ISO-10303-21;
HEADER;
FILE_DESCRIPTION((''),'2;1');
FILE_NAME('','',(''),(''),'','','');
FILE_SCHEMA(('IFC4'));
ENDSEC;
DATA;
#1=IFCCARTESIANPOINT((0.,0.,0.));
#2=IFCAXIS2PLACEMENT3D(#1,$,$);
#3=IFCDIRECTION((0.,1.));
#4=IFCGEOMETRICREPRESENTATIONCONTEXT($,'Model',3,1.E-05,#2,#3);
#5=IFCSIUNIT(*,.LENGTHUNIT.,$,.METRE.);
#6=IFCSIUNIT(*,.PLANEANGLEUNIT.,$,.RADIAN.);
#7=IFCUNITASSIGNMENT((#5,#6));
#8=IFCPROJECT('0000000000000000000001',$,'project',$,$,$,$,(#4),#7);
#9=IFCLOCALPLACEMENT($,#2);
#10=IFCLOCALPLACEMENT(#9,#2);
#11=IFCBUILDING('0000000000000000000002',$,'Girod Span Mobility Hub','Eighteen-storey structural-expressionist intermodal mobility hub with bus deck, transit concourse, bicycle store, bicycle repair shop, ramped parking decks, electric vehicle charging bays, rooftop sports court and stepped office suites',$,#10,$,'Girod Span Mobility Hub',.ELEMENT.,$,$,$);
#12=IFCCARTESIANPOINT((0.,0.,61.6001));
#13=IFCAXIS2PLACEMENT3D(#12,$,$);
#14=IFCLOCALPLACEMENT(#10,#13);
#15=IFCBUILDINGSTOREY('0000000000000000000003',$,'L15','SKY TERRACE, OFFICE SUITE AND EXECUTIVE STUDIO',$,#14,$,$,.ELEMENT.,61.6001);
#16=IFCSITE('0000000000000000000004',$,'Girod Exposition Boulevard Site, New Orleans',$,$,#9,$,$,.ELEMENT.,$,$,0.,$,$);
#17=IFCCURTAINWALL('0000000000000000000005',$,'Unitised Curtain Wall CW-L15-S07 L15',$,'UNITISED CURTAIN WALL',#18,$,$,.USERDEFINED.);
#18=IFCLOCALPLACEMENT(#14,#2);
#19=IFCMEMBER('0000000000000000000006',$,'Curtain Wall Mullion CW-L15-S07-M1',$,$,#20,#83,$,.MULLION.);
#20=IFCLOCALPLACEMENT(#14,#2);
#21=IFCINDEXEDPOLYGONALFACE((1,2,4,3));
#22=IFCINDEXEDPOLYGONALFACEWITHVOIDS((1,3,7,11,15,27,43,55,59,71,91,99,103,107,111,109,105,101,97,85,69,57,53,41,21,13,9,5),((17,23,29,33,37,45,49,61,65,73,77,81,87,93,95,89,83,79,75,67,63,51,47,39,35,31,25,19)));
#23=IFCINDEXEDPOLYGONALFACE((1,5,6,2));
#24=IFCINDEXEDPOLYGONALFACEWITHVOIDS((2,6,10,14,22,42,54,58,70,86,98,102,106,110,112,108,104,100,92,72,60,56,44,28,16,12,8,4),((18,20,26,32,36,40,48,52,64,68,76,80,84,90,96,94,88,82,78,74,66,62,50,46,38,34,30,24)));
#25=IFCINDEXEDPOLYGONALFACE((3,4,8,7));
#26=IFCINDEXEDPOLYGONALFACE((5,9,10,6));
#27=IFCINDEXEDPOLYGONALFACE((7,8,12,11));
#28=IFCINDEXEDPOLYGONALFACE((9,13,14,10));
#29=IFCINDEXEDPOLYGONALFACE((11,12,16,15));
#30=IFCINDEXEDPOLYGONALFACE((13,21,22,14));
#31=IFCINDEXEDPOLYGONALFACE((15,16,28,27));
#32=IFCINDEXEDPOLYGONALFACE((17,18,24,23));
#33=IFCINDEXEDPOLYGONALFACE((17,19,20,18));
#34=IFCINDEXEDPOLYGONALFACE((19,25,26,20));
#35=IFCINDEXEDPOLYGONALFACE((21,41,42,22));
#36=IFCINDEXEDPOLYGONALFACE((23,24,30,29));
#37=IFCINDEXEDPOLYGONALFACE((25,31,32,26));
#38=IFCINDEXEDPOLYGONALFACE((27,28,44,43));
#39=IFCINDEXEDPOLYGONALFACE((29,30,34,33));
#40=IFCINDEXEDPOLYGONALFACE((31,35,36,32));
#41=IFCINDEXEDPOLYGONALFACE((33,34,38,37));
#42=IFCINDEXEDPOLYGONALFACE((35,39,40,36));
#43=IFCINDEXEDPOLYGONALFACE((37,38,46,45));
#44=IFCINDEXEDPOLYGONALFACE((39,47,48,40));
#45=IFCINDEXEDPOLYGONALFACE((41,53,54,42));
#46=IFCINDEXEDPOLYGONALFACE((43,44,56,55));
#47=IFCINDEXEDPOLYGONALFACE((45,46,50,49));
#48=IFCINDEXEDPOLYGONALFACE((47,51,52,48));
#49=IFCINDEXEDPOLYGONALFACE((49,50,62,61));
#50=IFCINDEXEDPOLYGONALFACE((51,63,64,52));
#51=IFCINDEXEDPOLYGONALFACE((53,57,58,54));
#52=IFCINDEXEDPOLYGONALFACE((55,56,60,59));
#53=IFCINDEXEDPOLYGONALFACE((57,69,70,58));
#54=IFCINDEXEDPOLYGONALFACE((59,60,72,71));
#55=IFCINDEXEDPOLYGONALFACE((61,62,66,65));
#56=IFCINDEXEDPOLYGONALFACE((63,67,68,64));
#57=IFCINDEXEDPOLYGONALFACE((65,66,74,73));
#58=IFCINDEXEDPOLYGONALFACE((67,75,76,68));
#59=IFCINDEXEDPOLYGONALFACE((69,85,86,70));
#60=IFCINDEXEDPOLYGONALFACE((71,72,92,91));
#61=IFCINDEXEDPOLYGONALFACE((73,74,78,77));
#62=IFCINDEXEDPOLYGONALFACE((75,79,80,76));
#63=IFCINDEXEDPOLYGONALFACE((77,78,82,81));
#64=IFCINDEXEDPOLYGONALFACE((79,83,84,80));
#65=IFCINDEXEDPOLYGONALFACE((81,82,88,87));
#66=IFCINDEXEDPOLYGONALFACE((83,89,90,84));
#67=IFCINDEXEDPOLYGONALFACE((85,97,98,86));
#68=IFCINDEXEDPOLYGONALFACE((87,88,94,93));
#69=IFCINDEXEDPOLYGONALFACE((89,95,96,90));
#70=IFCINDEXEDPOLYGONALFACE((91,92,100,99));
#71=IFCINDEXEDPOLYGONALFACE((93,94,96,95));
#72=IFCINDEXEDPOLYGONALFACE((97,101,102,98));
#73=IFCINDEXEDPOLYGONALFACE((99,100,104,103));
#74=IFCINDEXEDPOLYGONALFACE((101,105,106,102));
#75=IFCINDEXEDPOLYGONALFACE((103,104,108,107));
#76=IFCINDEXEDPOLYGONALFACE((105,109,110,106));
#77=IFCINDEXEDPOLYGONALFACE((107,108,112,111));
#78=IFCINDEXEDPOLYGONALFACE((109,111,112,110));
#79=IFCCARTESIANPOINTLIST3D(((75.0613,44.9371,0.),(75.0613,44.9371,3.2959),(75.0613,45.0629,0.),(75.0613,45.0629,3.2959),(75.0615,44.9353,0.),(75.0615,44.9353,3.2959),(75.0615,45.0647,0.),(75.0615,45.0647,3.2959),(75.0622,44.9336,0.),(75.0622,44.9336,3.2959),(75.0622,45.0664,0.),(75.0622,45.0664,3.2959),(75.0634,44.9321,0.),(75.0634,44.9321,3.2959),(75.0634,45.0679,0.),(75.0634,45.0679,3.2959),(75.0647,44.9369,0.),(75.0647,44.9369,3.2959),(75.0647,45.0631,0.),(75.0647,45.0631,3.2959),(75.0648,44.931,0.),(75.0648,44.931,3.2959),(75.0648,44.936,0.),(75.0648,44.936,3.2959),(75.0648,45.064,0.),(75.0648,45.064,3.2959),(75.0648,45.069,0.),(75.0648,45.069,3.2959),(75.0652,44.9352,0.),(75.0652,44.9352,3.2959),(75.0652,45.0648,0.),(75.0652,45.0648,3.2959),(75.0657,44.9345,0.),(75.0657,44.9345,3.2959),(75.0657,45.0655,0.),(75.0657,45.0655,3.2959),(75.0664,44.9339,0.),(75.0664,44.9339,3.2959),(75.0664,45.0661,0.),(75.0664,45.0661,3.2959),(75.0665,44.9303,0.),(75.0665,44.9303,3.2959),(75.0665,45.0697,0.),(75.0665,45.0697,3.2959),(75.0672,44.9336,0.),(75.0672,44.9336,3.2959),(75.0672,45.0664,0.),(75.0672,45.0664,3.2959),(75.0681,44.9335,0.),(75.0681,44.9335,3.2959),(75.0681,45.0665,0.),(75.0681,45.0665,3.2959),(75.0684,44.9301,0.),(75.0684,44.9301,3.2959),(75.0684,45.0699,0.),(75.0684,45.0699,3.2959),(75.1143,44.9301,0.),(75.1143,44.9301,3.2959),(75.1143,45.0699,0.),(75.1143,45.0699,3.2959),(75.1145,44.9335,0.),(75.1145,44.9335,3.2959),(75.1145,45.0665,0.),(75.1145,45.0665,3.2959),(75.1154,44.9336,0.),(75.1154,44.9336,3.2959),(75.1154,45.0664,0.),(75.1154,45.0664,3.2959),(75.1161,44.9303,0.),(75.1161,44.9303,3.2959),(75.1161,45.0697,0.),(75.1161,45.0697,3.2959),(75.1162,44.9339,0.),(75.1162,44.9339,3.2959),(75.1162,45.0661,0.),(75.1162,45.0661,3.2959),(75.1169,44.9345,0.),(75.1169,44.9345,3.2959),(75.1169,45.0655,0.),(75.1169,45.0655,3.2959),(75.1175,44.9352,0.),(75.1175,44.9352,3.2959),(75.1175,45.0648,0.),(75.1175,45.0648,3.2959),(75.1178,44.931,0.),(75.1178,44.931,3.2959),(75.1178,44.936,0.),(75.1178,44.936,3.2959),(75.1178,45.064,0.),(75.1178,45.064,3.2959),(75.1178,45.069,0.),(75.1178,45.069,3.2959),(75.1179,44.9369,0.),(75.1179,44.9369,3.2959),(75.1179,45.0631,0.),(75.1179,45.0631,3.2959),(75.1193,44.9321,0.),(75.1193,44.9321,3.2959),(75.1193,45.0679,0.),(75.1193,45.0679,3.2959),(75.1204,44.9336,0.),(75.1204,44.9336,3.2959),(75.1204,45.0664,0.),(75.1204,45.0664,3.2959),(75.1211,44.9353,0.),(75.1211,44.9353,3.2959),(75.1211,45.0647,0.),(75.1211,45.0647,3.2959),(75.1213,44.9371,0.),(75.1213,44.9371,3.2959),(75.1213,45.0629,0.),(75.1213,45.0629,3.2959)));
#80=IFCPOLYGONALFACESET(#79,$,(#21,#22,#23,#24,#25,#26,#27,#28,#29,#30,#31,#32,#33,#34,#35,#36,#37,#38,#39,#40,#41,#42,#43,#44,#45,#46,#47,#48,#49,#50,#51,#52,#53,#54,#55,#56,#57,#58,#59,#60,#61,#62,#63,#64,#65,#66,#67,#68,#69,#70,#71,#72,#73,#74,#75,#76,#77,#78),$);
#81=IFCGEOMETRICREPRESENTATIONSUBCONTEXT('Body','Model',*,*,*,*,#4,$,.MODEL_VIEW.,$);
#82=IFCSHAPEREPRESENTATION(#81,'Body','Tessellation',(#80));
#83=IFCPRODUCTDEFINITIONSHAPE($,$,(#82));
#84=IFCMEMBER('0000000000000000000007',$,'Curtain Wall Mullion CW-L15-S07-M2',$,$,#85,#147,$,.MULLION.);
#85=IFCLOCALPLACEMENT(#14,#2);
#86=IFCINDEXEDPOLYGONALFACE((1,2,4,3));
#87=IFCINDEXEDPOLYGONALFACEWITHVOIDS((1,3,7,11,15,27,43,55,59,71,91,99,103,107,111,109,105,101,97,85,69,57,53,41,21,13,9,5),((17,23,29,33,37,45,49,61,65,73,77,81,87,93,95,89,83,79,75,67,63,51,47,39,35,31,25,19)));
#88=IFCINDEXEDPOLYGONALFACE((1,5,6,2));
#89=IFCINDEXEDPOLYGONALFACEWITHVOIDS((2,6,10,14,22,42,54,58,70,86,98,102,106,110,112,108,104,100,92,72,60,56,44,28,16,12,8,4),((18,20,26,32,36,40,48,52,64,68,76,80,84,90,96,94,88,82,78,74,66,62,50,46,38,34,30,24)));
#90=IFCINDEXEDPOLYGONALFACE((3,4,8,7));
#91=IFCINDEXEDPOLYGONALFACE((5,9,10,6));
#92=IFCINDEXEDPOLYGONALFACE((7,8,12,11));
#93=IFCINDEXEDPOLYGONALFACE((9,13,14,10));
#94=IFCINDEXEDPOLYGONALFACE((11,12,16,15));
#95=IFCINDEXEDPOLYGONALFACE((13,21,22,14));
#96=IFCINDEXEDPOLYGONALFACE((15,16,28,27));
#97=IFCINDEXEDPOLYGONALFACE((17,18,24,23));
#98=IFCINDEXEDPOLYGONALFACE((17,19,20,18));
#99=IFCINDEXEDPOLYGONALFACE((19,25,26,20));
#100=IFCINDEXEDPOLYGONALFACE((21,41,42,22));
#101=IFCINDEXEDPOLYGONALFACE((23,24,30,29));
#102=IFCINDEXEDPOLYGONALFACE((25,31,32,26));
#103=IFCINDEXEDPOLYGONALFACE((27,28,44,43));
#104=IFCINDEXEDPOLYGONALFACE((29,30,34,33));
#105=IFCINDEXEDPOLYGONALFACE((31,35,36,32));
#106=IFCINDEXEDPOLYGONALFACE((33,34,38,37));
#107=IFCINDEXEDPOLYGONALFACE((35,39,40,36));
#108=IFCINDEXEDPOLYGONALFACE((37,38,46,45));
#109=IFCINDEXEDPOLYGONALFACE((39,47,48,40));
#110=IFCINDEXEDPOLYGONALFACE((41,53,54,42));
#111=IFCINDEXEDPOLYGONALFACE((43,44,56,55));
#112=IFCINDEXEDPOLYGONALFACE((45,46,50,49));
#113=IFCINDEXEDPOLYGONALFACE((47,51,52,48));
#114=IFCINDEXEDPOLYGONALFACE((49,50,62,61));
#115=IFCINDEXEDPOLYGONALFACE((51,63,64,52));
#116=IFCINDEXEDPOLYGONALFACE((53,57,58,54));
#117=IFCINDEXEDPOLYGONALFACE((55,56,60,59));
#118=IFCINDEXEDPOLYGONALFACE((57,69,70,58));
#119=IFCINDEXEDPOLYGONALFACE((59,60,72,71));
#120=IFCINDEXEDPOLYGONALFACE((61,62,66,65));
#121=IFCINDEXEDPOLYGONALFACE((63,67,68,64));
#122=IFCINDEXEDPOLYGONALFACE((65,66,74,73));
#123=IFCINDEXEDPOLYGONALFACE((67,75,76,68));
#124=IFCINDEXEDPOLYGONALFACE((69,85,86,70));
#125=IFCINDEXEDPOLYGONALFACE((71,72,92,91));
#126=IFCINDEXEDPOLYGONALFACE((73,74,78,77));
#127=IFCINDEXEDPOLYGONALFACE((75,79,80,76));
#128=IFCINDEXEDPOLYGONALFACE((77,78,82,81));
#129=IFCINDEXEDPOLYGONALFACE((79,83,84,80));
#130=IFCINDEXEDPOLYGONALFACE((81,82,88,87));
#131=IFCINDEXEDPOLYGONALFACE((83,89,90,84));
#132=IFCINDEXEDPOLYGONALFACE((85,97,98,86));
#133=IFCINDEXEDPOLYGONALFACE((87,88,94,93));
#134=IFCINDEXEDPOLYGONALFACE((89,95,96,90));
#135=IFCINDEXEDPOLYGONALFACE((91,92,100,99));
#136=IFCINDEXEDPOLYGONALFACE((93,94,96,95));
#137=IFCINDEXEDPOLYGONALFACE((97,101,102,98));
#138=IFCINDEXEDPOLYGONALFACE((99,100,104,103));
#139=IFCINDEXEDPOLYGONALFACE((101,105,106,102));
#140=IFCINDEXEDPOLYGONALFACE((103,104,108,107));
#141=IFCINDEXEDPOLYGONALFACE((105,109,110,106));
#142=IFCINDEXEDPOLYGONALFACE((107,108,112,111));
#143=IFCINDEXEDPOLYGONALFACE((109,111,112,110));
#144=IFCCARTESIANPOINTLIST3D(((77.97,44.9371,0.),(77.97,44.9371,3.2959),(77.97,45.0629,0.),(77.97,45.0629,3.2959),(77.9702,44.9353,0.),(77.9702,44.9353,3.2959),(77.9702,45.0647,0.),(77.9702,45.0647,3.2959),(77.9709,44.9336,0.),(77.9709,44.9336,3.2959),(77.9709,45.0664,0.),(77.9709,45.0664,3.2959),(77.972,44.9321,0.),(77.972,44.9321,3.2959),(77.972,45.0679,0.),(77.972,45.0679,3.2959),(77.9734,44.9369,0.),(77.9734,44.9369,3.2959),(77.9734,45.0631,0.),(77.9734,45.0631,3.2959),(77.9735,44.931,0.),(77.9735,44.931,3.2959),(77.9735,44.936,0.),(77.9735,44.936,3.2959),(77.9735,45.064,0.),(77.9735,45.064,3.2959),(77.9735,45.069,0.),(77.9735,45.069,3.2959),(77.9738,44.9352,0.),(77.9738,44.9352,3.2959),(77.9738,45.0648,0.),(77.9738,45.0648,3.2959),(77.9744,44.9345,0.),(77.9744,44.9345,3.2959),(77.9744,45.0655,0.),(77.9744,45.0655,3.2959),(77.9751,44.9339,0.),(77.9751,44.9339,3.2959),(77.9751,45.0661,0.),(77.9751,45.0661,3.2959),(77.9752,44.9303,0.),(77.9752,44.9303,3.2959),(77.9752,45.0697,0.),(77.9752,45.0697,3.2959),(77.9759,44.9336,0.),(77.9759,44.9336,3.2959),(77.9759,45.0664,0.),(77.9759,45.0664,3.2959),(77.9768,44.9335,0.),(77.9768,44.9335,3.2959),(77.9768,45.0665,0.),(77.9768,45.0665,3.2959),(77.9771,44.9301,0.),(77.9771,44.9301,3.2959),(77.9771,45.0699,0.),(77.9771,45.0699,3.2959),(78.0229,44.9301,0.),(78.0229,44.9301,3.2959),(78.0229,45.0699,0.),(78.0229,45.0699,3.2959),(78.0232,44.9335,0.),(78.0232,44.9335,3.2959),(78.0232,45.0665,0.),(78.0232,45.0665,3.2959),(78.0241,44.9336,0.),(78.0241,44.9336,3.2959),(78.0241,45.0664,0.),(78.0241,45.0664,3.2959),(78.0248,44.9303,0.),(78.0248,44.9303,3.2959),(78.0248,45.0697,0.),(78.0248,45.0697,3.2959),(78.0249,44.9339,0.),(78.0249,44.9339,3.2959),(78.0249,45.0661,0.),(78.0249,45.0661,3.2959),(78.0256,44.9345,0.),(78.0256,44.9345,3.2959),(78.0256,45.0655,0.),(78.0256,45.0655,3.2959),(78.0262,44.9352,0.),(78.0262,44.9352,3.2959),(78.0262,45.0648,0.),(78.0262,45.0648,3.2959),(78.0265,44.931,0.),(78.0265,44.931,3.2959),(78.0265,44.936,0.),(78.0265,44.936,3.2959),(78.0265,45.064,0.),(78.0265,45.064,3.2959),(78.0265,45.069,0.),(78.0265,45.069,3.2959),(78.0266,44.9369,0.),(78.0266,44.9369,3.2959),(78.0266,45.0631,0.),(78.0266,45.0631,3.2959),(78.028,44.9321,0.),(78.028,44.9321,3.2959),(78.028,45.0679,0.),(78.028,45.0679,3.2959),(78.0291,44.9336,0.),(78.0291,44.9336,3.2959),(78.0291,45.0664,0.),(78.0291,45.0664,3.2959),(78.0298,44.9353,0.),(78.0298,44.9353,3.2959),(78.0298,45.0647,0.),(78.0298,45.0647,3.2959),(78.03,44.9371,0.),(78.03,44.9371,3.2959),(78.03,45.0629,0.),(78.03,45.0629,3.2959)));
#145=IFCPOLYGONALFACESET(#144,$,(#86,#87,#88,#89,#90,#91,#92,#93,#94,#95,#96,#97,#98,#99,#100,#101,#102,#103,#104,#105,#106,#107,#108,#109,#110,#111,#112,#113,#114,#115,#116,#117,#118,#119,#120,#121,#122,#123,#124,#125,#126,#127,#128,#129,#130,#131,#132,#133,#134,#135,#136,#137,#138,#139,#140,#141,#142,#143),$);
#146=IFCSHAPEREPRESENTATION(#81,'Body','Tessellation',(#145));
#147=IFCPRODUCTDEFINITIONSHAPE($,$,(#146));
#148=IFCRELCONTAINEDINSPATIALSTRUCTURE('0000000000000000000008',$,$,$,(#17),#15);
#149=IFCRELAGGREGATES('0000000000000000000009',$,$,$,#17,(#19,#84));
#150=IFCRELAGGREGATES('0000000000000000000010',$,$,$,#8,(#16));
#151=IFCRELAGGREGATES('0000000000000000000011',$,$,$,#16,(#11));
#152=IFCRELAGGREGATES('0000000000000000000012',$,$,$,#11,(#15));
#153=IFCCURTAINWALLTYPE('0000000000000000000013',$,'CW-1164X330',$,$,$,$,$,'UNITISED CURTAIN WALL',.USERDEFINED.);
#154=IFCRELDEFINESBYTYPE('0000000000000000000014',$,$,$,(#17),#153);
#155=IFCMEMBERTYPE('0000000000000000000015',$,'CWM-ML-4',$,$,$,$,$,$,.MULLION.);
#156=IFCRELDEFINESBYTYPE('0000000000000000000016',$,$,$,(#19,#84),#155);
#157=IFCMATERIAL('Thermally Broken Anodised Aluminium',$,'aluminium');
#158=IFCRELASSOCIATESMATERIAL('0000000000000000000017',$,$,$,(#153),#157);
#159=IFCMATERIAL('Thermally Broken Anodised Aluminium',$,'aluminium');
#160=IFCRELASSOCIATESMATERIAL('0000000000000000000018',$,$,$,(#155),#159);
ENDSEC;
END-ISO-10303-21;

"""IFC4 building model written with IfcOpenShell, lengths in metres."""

from ifc_helpers import new_model, si_unit, direction, frame, origin, origin_2d, place, context, subcontext, project, spatial, hollow_rectangle, extrude, material, material_profile, profile_set, type_object, element, aggregate, save


model = new_model("IFC4")

# Units and contexts
model_context = context("Model", 3, precision=1e-05, world=origin(), true_north=direction((0.0, 1.0)))
body_context = subcontext(model_context, "Body", "Model", "MODEL_VIEW")
ifc_project = project(units=[si_unit("LENGTHUNIT", "METRE"), si_unit("PLANEANGLEUNIT", "RADIAN")], contexts=[model_context])

# Site, building, storey
site_placement = place(None, origin())
site = spatial("IfcSite", under=ifc_project, at=site_placement, Name="Girod Exposition Boulevard Site, New Orleans", CompositionType="ELEMENT", RefElevation=0.0)
building_placement = place(site_placement, origin())
building = spatial("IfcBuilding", under=site, at=building_placement, Name="Girod Span Mobility Hub", Description="Eighteen-storey structural-expressionist intermodal mobility hub with bus deck, transit concourse, bicycle store, bicycle repair shop, ramped parking decks, electric vehicle charging bays, rooftop sports court and stepped office suites", LongName="Girod Span Mobility Hub", CompositionType="ELEMENT")
storey_placement = place(building_placement, frame((0.0, 0.0, 61.6001)))
storey = spatial("IfcBuildingStorey", under=building, at=storey_placement, Name="L15", Description="SKY TERRACE, OFFICE SUITE AND EXECUTIVE STUDIO", CompositionType="ELEMENT", Elevation=61.6001)

# Curtain wall, members
ifc_material_1 = material(Name="Thermally Broken Anodised Aluminium", Category="aluminium")
curtain_wall_type = type_object("IfcCurtainWallType", Name="CW-1164X330", ElementType="UNITISED CURTAIN WALL", PredefinedType="USERDEFINED", material=ifc_material_1)
ifc_material_2 = material(Name="Thermally Broken Anodised Aluminium", Category="aluminium")
ifc_material_profile_1 = material_profile(ifc_material_2, hollow_rectangle(XDim=0.1399, YDim=0.0601, WallThickness=0.0034, InnerFilletRadius=0.0034, OuterFilletRadius=0.0071, at=origin_2d()), Name="CW-ML-60X140")
ifc_profile_set_1 = profile_set([ifc_material_profile_1], Name="Thermally Broken Anodised Aluminium")
member_type_1 = type_object("IfcMemberType", Name="CWM-ML-4", PredefinedType="MULLION", material=ifc_profile_set_1)
curtain_wall_1_placement = place(storey_placement, origin())
curtain_wall_1 = element("IfcCurtainWall", 1, at=curtain_wall_1_placement, inside=storey, type_object=curtain_wall_type, Name="Unitised Curtain Wall CW-L15-S07 L15", ObjectType="UNITISED CURTAIN WALL", PredefinedType="USERDEFINED")
member_1_placement = place(storey_placement, frame((75.0913, 45.0, 0.0), z_axis=(0.0, 0.0, 1.0), x_axis=(0.0, 1.0, 0.0)))
member_1 = element("IfcMember", 2, at=member_1_placement, type_object=member_type_1, Name="Curtain Wall Mullion CW-L15-S07-M1", PredefinedType="MULLION", context=body_context, shape_type="SweptSolid", body=[
    extrude(hollow_rectangle(XDim=0.1399, YDim=0.0601, WallThickness=0.0034, InnerFilletRadius=0.0034, OuterFilletRadius=0.0071, at=origin_2d()), origin(), (0.0, 0.0, 1.0), 3.2959),
])
member_2_placement = place(storey_placement, frame((78.0, 45.0, 0.0), z_axis=(0.0, 0.0, 1.0), x_axis=(0.0, 1.0, 0.0)))
member_2 = element("IfcMember", 3, at=member_2_placement, type_object=member_type_1, Name="Curtain Wall Mullion CW-L15-S07-M2", PredefinedType="MULLION", context=body_context, shape_type="SweptSolid", body=[
    extrude(hollow_rectangle(XDim=0.1399, YDim=0.0601, WallThickness=0.0034, InnerFilletRadius=0.0034, OuterFilletRadius=0.0071, at=origin_2d()), origin(), (0.0, 0.0, 1.0), 3.2959),
])

aggregate(curtain_wall_1, [member_1, member_2])

save(model, "model.ifc")
